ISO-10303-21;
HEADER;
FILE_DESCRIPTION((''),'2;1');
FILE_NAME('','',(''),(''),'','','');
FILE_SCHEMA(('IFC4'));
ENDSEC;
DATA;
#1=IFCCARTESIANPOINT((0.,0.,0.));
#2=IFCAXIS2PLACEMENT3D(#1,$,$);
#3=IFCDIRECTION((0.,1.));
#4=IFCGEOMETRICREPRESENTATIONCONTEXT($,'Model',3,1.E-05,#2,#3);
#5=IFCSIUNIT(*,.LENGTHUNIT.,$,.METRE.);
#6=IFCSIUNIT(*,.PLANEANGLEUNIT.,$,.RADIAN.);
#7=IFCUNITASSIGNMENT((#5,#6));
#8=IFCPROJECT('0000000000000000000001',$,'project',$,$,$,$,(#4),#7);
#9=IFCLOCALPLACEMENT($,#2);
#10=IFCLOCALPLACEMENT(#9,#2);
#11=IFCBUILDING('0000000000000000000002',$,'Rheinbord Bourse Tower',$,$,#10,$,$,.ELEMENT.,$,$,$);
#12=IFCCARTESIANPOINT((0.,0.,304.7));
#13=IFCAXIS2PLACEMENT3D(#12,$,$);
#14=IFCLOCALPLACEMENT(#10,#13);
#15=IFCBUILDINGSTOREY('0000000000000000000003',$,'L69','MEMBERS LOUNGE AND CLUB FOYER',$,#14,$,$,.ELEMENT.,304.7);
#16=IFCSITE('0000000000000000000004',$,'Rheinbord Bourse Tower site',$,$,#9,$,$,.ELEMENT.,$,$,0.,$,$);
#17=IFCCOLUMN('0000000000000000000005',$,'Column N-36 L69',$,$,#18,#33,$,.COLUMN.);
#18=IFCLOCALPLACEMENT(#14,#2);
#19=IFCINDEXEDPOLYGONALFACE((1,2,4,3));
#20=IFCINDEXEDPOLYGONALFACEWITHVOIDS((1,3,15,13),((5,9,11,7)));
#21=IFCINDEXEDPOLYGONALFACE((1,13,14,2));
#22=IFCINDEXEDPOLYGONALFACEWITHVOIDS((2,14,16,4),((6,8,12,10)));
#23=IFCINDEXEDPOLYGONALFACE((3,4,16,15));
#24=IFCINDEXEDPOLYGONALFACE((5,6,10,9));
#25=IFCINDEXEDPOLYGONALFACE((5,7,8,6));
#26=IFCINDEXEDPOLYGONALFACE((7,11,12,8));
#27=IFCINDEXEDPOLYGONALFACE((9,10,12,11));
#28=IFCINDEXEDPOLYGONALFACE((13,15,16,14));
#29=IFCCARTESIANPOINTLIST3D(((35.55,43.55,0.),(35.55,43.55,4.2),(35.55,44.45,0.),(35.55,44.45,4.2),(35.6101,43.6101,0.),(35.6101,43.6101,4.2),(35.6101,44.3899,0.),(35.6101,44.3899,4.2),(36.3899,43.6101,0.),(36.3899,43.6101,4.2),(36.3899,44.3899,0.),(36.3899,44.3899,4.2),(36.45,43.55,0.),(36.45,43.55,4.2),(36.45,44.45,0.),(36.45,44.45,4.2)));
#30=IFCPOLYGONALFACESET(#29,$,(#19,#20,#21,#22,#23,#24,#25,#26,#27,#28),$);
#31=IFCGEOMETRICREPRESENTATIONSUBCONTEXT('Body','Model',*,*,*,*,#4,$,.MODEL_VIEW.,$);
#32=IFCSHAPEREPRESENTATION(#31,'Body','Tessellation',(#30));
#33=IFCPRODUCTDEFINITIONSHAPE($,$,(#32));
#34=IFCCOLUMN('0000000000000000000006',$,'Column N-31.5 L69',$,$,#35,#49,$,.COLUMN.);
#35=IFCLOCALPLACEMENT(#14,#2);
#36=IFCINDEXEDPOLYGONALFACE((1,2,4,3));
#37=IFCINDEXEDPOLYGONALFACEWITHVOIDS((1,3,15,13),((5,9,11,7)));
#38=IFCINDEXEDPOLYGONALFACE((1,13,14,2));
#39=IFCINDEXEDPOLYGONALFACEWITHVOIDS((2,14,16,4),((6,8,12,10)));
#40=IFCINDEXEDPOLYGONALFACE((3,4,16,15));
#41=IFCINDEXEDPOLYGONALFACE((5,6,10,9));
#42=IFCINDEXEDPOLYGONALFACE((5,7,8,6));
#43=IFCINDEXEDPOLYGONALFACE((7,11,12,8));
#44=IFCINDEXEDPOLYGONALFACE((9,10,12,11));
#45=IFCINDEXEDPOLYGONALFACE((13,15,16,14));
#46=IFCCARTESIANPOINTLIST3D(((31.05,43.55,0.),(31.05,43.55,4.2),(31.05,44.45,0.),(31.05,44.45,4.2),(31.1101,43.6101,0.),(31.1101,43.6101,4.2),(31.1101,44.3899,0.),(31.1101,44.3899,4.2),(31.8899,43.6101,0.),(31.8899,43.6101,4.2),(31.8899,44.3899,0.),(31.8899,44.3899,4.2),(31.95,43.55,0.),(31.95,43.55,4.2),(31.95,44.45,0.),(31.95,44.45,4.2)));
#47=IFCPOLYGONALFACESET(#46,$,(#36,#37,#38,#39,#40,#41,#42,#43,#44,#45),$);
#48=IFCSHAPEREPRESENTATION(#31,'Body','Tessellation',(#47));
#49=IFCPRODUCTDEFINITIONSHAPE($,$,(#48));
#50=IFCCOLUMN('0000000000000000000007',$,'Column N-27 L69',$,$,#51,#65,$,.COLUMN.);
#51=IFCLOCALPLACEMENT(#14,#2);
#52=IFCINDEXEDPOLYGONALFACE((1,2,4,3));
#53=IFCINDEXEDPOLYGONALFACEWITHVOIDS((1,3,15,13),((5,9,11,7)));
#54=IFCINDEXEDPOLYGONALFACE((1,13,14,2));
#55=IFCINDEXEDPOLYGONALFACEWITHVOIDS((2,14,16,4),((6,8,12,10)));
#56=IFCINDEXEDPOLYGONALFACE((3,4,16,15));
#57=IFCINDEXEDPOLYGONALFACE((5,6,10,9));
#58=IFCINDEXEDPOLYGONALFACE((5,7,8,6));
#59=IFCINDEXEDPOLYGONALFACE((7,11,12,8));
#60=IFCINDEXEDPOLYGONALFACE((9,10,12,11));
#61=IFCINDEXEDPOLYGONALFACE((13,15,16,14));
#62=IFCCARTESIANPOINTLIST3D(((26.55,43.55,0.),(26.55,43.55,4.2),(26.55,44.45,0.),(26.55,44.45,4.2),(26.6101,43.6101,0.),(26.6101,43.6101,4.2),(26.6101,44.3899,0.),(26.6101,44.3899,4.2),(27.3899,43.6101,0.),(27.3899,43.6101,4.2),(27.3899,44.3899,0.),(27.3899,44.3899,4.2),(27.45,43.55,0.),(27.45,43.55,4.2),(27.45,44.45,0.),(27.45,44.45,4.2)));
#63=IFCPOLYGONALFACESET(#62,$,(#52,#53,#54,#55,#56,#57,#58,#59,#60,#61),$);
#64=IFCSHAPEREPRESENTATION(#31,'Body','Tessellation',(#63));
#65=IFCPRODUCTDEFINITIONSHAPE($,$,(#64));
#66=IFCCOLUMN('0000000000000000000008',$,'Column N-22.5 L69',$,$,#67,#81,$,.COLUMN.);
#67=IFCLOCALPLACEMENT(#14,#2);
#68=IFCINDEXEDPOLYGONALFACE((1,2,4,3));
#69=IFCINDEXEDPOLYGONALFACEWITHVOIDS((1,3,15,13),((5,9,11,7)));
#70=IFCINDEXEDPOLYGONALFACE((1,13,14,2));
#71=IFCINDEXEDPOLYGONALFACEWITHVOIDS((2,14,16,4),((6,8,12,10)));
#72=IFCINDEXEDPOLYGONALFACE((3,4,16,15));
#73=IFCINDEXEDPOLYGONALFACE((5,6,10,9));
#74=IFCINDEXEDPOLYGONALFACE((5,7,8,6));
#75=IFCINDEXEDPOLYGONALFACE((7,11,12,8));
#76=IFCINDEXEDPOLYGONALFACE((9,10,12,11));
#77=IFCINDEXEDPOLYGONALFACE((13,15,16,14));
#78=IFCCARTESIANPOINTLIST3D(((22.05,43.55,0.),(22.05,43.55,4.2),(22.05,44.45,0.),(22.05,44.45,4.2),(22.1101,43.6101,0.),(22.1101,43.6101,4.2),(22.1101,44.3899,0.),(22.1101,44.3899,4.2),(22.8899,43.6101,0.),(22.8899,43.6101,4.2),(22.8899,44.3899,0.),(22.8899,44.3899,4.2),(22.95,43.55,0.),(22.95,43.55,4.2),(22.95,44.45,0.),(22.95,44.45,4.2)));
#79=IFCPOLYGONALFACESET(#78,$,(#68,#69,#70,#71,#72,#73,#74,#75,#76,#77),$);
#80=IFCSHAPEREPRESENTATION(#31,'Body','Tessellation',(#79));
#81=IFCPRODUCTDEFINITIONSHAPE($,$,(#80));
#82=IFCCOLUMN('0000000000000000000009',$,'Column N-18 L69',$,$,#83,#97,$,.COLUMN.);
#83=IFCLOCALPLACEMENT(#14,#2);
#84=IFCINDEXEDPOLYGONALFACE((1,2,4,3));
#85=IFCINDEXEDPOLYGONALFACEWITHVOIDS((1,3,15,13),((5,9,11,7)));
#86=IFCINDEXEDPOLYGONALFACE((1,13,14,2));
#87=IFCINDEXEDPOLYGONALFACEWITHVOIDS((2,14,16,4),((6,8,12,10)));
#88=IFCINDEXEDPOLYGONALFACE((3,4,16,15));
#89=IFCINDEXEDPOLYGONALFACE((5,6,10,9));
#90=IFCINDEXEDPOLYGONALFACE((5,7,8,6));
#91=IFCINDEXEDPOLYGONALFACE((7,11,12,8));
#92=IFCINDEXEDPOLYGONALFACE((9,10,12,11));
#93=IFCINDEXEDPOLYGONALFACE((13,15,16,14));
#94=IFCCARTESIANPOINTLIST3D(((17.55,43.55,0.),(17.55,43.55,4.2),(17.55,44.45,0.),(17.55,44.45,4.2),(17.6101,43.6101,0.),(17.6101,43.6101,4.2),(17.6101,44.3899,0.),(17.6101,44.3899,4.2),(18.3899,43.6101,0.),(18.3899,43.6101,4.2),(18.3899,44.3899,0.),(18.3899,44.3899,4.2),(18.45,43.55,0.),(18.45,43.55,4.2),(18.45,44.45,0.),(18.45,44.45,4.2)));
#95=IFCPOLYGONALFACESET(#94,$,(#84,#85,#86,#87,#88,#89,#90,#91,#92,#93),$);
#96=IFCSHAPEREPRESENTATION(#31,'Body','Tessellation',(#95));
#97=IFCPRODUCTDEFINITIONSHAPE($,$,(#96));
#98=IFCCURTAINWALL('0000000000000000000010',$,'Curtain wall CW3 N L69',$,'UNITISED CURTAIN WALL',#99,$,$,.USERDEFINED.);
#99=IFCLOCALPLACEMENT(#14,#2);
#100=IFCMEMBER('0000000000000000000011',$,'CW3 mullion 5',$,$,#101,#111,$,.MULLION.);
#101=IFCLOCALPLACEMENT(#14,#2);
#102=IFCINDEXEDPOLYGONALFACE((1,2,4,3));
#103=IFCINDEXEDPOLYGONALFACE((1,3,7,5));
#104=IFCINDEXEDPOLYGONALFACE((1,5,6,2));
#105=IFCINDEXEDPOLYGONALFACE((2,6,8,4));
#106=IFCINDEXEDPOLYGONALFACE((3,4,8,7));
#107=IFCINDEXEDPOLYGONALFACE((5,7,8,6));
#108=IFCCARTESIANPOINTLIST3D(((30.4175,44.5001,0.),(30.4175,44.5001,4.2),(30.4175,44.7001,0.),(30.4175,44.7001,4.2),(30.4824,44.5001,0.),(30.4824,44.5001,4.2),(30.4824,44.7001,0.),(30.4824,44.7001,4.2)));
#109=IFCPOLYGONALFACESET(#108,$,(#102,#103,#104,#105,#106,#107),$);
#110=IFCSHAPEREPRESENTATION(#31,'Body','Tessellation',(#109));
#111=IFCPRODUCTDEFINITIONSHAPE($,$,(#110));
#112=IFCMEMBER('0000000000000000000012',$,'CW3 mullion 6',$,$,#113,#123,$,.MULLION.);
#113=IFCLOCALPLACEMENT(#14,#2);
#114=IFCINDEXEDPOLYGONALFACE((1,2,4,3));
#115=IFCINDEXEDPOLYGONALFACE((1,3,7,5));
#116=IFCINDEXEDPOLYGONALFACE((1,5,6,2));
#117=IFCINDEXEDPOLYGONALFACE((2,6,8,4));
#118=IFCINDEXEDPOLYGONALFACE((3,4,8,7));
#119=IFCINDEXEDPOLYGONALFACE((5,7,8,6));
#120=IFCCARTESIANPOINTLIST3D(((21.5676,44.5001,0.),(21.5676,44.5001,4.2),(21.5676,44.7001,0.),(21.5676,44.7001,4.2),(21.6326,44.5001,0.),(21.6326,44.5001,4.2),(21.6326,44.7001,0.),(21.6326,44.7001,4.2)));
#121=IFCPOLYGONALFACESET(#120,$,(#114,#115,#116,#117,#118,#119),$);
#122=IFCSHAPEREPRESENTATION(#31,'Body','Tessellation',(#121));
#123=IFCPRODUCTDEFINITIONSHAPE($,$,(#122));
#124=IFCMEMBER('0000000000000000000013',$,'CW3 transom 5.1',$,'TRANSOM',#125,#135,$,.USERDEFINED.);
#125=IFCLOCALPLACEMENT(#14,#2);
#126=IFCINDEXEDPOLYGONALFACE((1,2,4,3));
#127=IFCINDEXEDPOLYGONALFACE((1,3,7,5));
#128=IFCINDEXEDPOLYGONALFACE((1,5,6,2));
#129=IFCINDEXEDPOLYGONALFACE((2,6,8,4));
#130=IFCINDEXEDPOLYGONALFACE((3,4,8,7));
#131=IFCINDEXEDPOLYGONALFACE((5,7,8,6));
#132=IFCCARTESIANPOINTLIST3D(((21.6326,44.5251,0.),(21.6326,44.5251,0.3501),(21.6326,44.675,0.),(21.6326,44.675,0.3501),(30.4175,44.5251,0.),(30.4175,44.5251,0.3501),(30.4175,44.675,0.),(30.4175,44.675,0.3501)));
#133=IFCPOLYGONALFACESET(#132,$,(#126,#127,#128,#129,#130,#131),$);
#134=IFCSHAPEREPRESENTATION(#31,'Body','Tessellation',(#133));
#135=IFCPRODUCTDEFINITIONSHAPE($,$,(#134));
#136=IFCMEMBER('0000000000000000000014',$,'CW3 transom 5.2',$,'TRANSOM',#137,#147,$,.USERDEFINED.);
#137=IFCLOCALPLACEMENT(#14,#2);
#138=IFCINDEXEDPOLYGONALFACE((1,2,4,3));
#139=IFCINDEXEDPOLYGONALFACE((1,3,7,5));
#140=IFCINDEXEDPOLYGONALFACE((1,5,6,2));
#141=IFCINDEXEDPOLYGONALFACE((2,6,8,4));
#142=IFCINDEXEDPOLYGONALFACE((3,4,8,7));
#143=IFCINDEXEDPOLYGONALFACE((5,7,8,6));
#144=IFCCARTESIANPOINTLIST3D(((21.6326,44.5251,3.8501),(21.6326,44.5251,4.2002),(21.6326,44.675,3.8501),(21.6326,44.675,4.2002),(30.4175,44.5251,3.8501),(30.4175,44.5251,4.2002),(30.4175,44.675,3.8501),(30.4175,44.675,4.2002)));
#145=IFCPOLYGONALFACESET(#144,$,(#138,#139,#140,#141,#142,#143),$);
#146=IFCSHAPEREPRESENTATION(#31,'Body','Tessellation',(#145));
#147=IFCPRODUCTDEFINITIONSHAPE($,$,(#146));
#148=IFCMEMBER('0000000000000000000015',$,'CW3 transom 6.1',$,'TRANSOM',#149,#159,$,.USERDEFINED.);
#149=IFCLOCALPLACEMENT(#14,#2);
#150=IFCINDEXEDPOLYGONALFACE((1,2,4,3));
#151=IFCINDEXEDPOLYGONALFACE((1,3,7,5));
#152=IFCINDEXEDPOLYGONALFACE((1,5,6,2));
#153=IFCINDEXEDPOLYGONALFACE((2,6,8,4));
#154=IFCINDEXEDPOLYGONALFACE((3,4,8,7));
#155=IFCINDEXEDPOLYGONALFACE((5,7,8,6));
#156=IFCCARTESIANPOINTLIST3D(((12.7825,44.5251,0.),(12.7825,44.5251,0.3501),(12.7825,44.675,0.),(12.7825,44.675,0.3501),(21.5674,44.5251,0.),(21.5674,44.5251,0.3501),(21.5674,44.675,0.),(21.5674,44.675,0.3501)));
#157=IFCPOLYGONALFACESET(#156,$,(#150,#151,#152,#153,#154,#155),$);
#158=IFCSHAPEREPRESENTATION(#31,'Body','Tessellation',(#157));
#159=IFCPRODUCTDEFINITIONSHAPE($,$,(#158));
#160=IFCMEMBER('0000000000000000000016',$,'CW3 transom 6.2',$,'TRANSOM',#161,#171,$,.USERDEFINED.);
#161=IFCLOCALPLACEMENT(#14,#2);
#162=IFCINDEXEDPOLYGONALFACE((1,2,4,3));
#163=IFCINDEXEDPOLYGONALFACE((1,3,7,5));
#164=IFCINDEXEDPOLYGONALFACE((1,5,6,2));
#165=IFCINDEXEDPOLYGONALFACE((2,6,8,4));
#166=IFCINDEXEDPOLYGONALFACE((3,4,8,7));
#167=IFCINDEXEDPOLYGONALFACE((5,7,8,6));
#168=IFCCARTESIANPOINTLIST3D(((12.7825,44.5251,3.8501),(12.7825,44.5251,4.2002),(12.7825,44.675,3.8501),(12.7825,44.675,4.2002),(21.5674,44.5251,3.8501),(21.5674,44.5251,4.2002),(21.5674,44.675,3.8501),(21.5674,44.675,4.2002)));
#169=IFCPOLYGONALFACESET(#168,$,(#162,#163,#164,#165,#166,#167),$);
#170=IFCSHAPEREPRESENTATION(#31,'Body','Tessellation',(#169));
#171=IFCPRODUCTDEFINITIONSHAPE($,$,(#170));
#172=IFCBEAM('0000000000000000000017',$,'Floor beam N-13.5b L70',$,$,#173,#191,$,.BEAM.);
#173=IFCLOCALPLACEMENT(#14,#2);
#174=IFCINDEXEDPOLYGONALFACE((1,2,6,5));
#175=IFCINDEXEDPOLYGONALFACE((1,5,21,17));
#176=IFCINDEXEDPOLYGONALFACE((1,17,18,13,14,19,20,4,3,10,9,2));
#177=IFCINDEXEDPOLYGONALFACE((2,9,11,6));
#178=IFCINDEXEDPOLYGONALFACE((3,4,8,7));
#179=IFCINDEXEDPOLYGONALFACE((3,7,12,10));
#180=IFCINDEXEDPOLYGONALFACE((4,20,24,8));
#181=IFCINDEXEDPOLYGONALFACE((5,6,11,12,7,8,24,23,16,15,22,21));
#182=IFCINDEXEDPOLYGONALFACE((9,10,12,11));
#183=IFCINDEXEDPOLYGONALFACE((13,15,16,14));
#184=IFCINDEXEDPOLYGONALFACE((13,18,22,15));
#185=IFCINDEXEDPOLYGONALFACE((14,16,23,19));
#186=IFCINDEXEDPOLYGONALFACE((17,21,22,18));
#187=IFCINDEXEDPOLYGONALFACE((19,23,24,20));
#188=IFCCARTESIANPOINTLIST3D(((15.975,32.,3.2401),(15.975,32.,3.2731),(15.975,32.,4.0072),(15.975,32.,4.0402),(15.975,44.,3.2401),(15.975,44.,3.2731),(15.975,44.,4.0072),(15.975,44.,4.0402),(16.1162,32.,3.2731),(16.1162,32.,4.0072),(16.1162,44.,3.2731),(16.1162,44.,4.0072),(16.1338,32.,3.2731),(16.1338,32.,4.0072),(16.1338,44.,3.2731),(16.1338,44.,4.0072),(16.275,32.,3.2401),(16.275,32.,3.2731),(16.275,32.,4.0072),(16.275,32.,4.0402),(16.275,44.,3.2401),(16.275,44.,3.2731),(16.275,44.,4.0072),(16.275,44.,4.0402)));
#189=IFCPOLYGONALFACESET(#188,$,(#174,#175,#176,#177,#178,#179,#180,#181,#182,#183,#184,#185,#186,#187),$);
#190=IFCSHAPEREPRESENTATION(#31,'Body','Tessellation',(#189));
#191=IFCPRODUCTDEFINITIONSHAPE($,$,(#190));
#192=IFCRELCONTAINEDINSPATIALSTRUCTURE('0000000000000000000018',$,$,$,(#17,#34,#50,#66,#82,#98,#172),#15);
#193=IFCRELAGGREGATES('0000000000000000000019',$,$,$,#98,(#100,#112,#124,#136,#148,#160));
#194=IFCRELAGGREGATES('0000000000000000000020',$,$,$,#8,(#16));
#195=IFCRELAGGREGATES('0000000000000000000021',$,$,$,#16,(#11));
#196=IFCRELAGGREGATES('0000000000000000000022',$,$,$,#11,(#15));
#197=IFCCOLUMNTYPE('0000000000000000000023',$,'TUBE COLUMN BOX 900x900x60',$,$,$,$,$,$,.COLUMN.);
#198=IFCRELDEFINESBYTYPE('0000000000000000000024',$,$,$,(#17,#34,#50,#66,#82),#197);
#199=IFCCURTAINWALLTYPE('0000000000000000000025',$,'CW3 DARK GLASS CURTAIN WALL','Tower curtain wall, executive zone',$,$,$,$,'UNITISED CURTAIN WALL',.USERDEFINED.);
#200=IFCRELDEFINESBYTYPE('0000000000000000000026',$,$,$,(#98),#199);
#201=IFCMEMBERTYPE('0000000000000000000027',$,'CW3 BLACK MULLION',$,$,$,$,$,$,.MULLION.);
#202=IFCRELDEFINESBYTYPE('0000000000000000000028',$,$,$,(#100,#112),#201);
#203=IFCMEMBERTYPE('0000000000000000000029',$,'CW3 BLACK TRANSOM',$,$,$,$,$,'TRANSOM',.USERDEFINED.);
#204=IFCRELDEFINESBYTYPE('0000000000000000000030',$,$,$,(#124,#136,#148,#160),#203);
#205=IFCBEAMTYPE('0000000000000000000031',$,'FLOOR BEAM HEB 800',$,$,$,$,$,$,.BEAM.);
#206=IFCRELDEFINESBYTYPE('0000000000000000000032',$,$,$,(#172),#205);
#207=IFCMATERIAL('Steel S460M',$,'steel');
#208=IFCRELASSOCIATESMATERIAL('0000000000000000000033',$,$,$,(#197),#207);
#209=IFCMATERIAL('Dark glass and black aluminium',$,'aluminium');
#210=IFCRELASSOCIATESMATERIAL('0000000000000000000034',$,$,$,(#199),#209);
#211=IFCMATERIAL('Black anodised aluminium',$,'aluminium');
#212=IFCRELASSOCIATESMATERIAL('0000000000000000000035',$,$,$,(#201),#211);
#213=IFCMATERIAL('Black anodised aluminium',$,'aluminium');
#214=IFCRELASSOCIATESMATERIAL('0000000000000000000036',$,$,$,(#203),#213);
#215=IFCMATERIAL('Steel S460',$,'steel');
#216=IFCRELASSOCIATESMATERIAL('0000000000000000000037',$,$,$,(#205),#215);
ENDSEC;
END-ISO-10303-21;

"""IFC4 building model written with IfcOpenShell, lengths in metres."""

from ifc_helpers import new_model, si_unit, direction, frame, origin, origin_2d, place, context, subcontext, project, spatial, rectangle, hollow_rectangle, i_section, extrude, material, material_profile, profile_set, type_object, element, aggregate, save


model = new_model("IFC4")

# Units and contexts
model_context = context("Model", 3, precision=1e-05, world=origin(), true_north=direction((0.0, 1.0)))
body_context = subcontext(model_context, "Body", "Model", "MODEL_VIEW")
ifc_project = project(units=[si_unit("LENGTHUNIT", "METRE"), si_unit("PLANEANGLEUNIT", "RADIAN")], contexts=[model_context])

# Site, building, storey
site_placement = place(None, origin())
site = spatial("IfcSite", under=ifc_project, at=site_placement, Name="Rheinbord Bourse Tower site", CompositionType="ELEMENT", RefElevation=0.0)
building_placement = place(site_placement, origin())
building = spatial("IfcBuilding", under=site, at=building_placement, Name="Rheinbord Bourse Tower", CompositionType="ELEMENT")
storey_placement = place(building_placement, frame((0.0, 0.0, 304.7)))
storey = spatial("IfcBuildingStorey", under=building, at=storey_placement, Name="L69", Description="MEMBERS LOUNGE AND CLUB FOYER", CompositionType="ELEMENT", Elevation=304.7)

# Columns
ifc_material_1 = material(Name="Steel S460M", Category="steel")
ifc_material_profile_1 = material_profile(ifc_material_1, hollow_rectangle(XDim=0.8999, YDim=0.8999, WallThickness=0.0601, at=origin_2d()), Name="BOX 900x900x60")
ifc_profile_set_1 = profile_set([ifc_material_profile_1], Name="Steel S460M")
column_type = type_object("IfcColumnType", Name="TUBE COLUMN BOX 900x900x60", PredefinedType="COLUMN", material=ifc_profile_set_1)
for number, where, z_axis, x_axis, name in (
    (1, (36.0, 44.0, 0.0), (0.0, 0.0, 1.0), (0.0, 1.0, 0.0), "Column N-36 L69"),
    (2, (31.5, 44.0, 0.0), (0.0, 0.0, 1.0), (0.0, 1.0, 0.0), "Column N-31.5 L69"),
    (3, (27.0, 44.0, 0.0), (0.0, 0.0, 1.0), (0.0, 1.0, 0.0), "Column N-27 L69"),
    (4, (22.5, 44.0, 0.0), (0.0, 0.0, 1.0), (0.0, 1.0, 0.0), "Column N-22.5 L69"),
    (5, (18.0, 44.0, 0.0), (0.0, 0.0, 1.0), (0.0, 1.0, 0.0), "Column N-18 L69"),
):
    element("IfcColumn", number, at=place(storey_placement, frame(where, z_axis=z_axis, x_axis=x_axis)), inside=storey, type_object=column_type, Name=name, PredefinedType="COLUMN", context=body_context, shape_type="SweptSolid", body=[
        extrude(hollow_rectangle(XDim=0.8999, YDim=0.8999, WallThickness=0.0601, at=origin_2d()), origin(), (0.0, 0.0, 1.0), 4.2),
    ])

# Curtain wall, members
ifc_material_2 = material(Name="Dark glass and black aluminium", Category="aluminium")
curtain_wall_type = type_object("IfcCurtainWallType", Name="CW3 DARK GLASS CURTAIN WALL", Description="Tower curtain wall, executive zone", ElementType="UNITISED CURTAIN WALL", PredefinedType="USERDEFINED", material=ifc_material_2)
curtain_wall_placement = place(storey_placement, origin())
curtain_wall = element("IfcCurtainWall", 6, at=curtain_wall_placement, inside=storey, type_object=curtain_wall_type, Name="Curtain wall CW3 N L69", ObjectType="UNITISED CURTAIN WALL", PredefinedType="USERDEFINED")
ifc_material_3 = material(Name="Black anodised aluminium", Category="aluminium")
ifc_material_profile_2 = material_profile(ifc_material_3, rectangle(XDim=0.2, YDim=0.0649, at=origin_2d()), Name="CW3 MULLION 65x200")
ifc_profile_set_2 = profile_set([ifc_material_profile_2], Name="Black anodised aluminium")
member_type_1 = type_object("IfcMemberType", Name="CW3 BLACK MULLION", PredefinedType="MULLION", material=ifc_profile_set_2)
member_1_placement = place(storey_placement, frame((30.45, 44.6001, 0.0), z_axis=(0.0, 0.0, 1.0), x_axis=(0.0, -1.0, 0.0)))
member_1 = element("IfcMember", 7, at=member_1_placement, type_object=member_type_1, Name="CW3 mullion 5", PredefinedType="MULLION", context=body_context, shape_type="SweptSolid", body=[
    extrude(rectangle(XDim=0.2, YDim=0.0649, at=origin_2d()), origin(), (0.0, 0.0, 1.0), 4.2),
])
member_2_placement = place(storey_placement, frame((21.6001, 44.6001, 0.0), z_axis=(0.0, 0.0, 1.0), x_axis=(0.0, -1.0, 0.0)))
member_2 = element("IfcMember", 8, at=member_2_placement, type_object=member_type_1, Name="CW3 mullion 6", PredefinedType="MULLION", context=body_context, shape_type="SweptSolid", body=[
    extrude(rectangle(XDim=0.2, YDim=0.0649, at=origin_2d()), origin(), (0.0, 0.0, 1.0), 4.2),
])
ifc_material_4 = material(Name="Black anodised aluminium", Category="aluminium")
ifc_material_profile_3 = material_profile(ifc_material_4, rectangle(XDim=0.1499, YDim=0.3501, at=origin_2d()), Name="CW3 TRANSOM 350x150")
ifc_profile_set_3 = profile_set([ifc_material_profile_3], Name="Black anodised aluminium")
member_type_2 = type_object("IfcMemberType", Name="CW3 BLACK TRANSOM", ElementType="TRANSOM", PredefinedType="USERDEFINED", material=ifc_profile_set_3)
member_3_placement = place(storey_placement, frame((30.4175, 44.6001, 0.175), z_axis=(-1.0, 0.0, 0.0), x_axis=(0.0, -1.0, 0.0)))
member_3 = element("IfcMember", 9, at=member_3_placement, type_object=member_type_2, Name="CW3 transom 5.1", ObjectType="TRANSOM", PredefinedType="USERDEFINED", context=body_context, shape_type="SweptSolid", body=[
    extrude(rectangle(XDim=0.1499, YDim=0.3501, at=origin_2d()), origin(), (0.0, 0.0, 1.0), 8.7849),
])
member_4_placement = place(storey_placement, frame((30.4175, 44.6001, 4.0251), z_axis=(-1.0, 0.0, 0.0), x_axis=(0.0, -1.0, 0.0)))
member_4 = element("IfcMember", 10, at=member_4_placement, type_object=member_type_2, Name="CW3 transom 5.2", ObjectType="TRANSOM", PredefinedType="USERDEFINED", context=body_context, shape_type="SweptSolid", body=[
    extrude(rectangle(XDim=0.1499, YDim=0.3501, at=origin_2d()), origin(), (0.0, 0.0, 1.0), 8.7849),
])
member_5_placement = place(storey_placement, frame((21.5674, 44.6001, 0.175), z_axis=(-1.0, 0.0, 0.0), x_axis=(0.0, -1.0, 0.0)))
member_5 = element("IfcMember", 11, at=member_5_placement, type_object=member_type_2, Name="CW3 transom 6.1", ObjectType="TRANSOM", PredefinedType="USERDEFINED", context=body_context, shape_type="SweptSolid", body=[
    extrude(rectangle(XDim=0.1499, YDim=0.3501, at=origin_2d()), origin(), (0.0, 0.0, 1.0), 8.7849),
])
member_6_placement = place(storey_placement, frame((21.5674, 44.6001, 4.0251), z_axis=(-1.0, 0.0, 0.0), x_axis=(0.0, -1.0, 0.0)))
member_6 = element("IfcMember", 12, at=member_6_placement, type_object=member_type_2, Name="CW3 transom 6.2", ObjectType="TRANSOM", PredefinedType="USERDEFINED", context=body_context, shape_type="SweptSolid", body=[
    extrude(rectangle(XDim=0.1499, YDim=0.3501, at=origin_2d()), origin(), (0.0, 0.0, 1.0), 8.7849),
])

# Beam
ifc_material_5 = material(Name="Steel S460", Category="steel")
ifc_material_profile_4 = material_profile(ifc_material_5, i_section(OverallWidth=0.3, OverallDepth=0.8, WebThickness=0.0176, FlangeThickness=0.033, at=origin_2d()), Name="HEB 800")
ifc_profile_set_4 = profile_set([ifc_material_profile_4], Name="Steel S460")
beam_type_1 = type_object("IfcBeamType", Name="FLOOR BEAM HEB 800", PredefinedType="BEAM", material=ifc_profile_set_4)
beam_placement = place(storey_placement, frame((16.125, 44.0, 3.6401), z_axis=(0.0, -1.0, 0.0), x_axis=(1.0, 0.0, 0.0)))
element("IfcBeam", 13, at=beam_placement, inside=storey, type_object=beam_type_1, Name="Floor beam N-13.5b L70", PredefinedType="BEAM", context=body_context, shape_type="SweptSolid", body=[
    extrude(i_section(OverallWidth=0.3, OverallDepth=0.8, WebThickness=0.0176, FlangeThickness=0.033, at=origin_2d()), origin(), (0.0, 0.0, 1.0), 12.0),
])

aggregate(curtain_wall, [member_1, member_2, member_3, member_4, member_5, member_6])

save(model, "model.ifc")
